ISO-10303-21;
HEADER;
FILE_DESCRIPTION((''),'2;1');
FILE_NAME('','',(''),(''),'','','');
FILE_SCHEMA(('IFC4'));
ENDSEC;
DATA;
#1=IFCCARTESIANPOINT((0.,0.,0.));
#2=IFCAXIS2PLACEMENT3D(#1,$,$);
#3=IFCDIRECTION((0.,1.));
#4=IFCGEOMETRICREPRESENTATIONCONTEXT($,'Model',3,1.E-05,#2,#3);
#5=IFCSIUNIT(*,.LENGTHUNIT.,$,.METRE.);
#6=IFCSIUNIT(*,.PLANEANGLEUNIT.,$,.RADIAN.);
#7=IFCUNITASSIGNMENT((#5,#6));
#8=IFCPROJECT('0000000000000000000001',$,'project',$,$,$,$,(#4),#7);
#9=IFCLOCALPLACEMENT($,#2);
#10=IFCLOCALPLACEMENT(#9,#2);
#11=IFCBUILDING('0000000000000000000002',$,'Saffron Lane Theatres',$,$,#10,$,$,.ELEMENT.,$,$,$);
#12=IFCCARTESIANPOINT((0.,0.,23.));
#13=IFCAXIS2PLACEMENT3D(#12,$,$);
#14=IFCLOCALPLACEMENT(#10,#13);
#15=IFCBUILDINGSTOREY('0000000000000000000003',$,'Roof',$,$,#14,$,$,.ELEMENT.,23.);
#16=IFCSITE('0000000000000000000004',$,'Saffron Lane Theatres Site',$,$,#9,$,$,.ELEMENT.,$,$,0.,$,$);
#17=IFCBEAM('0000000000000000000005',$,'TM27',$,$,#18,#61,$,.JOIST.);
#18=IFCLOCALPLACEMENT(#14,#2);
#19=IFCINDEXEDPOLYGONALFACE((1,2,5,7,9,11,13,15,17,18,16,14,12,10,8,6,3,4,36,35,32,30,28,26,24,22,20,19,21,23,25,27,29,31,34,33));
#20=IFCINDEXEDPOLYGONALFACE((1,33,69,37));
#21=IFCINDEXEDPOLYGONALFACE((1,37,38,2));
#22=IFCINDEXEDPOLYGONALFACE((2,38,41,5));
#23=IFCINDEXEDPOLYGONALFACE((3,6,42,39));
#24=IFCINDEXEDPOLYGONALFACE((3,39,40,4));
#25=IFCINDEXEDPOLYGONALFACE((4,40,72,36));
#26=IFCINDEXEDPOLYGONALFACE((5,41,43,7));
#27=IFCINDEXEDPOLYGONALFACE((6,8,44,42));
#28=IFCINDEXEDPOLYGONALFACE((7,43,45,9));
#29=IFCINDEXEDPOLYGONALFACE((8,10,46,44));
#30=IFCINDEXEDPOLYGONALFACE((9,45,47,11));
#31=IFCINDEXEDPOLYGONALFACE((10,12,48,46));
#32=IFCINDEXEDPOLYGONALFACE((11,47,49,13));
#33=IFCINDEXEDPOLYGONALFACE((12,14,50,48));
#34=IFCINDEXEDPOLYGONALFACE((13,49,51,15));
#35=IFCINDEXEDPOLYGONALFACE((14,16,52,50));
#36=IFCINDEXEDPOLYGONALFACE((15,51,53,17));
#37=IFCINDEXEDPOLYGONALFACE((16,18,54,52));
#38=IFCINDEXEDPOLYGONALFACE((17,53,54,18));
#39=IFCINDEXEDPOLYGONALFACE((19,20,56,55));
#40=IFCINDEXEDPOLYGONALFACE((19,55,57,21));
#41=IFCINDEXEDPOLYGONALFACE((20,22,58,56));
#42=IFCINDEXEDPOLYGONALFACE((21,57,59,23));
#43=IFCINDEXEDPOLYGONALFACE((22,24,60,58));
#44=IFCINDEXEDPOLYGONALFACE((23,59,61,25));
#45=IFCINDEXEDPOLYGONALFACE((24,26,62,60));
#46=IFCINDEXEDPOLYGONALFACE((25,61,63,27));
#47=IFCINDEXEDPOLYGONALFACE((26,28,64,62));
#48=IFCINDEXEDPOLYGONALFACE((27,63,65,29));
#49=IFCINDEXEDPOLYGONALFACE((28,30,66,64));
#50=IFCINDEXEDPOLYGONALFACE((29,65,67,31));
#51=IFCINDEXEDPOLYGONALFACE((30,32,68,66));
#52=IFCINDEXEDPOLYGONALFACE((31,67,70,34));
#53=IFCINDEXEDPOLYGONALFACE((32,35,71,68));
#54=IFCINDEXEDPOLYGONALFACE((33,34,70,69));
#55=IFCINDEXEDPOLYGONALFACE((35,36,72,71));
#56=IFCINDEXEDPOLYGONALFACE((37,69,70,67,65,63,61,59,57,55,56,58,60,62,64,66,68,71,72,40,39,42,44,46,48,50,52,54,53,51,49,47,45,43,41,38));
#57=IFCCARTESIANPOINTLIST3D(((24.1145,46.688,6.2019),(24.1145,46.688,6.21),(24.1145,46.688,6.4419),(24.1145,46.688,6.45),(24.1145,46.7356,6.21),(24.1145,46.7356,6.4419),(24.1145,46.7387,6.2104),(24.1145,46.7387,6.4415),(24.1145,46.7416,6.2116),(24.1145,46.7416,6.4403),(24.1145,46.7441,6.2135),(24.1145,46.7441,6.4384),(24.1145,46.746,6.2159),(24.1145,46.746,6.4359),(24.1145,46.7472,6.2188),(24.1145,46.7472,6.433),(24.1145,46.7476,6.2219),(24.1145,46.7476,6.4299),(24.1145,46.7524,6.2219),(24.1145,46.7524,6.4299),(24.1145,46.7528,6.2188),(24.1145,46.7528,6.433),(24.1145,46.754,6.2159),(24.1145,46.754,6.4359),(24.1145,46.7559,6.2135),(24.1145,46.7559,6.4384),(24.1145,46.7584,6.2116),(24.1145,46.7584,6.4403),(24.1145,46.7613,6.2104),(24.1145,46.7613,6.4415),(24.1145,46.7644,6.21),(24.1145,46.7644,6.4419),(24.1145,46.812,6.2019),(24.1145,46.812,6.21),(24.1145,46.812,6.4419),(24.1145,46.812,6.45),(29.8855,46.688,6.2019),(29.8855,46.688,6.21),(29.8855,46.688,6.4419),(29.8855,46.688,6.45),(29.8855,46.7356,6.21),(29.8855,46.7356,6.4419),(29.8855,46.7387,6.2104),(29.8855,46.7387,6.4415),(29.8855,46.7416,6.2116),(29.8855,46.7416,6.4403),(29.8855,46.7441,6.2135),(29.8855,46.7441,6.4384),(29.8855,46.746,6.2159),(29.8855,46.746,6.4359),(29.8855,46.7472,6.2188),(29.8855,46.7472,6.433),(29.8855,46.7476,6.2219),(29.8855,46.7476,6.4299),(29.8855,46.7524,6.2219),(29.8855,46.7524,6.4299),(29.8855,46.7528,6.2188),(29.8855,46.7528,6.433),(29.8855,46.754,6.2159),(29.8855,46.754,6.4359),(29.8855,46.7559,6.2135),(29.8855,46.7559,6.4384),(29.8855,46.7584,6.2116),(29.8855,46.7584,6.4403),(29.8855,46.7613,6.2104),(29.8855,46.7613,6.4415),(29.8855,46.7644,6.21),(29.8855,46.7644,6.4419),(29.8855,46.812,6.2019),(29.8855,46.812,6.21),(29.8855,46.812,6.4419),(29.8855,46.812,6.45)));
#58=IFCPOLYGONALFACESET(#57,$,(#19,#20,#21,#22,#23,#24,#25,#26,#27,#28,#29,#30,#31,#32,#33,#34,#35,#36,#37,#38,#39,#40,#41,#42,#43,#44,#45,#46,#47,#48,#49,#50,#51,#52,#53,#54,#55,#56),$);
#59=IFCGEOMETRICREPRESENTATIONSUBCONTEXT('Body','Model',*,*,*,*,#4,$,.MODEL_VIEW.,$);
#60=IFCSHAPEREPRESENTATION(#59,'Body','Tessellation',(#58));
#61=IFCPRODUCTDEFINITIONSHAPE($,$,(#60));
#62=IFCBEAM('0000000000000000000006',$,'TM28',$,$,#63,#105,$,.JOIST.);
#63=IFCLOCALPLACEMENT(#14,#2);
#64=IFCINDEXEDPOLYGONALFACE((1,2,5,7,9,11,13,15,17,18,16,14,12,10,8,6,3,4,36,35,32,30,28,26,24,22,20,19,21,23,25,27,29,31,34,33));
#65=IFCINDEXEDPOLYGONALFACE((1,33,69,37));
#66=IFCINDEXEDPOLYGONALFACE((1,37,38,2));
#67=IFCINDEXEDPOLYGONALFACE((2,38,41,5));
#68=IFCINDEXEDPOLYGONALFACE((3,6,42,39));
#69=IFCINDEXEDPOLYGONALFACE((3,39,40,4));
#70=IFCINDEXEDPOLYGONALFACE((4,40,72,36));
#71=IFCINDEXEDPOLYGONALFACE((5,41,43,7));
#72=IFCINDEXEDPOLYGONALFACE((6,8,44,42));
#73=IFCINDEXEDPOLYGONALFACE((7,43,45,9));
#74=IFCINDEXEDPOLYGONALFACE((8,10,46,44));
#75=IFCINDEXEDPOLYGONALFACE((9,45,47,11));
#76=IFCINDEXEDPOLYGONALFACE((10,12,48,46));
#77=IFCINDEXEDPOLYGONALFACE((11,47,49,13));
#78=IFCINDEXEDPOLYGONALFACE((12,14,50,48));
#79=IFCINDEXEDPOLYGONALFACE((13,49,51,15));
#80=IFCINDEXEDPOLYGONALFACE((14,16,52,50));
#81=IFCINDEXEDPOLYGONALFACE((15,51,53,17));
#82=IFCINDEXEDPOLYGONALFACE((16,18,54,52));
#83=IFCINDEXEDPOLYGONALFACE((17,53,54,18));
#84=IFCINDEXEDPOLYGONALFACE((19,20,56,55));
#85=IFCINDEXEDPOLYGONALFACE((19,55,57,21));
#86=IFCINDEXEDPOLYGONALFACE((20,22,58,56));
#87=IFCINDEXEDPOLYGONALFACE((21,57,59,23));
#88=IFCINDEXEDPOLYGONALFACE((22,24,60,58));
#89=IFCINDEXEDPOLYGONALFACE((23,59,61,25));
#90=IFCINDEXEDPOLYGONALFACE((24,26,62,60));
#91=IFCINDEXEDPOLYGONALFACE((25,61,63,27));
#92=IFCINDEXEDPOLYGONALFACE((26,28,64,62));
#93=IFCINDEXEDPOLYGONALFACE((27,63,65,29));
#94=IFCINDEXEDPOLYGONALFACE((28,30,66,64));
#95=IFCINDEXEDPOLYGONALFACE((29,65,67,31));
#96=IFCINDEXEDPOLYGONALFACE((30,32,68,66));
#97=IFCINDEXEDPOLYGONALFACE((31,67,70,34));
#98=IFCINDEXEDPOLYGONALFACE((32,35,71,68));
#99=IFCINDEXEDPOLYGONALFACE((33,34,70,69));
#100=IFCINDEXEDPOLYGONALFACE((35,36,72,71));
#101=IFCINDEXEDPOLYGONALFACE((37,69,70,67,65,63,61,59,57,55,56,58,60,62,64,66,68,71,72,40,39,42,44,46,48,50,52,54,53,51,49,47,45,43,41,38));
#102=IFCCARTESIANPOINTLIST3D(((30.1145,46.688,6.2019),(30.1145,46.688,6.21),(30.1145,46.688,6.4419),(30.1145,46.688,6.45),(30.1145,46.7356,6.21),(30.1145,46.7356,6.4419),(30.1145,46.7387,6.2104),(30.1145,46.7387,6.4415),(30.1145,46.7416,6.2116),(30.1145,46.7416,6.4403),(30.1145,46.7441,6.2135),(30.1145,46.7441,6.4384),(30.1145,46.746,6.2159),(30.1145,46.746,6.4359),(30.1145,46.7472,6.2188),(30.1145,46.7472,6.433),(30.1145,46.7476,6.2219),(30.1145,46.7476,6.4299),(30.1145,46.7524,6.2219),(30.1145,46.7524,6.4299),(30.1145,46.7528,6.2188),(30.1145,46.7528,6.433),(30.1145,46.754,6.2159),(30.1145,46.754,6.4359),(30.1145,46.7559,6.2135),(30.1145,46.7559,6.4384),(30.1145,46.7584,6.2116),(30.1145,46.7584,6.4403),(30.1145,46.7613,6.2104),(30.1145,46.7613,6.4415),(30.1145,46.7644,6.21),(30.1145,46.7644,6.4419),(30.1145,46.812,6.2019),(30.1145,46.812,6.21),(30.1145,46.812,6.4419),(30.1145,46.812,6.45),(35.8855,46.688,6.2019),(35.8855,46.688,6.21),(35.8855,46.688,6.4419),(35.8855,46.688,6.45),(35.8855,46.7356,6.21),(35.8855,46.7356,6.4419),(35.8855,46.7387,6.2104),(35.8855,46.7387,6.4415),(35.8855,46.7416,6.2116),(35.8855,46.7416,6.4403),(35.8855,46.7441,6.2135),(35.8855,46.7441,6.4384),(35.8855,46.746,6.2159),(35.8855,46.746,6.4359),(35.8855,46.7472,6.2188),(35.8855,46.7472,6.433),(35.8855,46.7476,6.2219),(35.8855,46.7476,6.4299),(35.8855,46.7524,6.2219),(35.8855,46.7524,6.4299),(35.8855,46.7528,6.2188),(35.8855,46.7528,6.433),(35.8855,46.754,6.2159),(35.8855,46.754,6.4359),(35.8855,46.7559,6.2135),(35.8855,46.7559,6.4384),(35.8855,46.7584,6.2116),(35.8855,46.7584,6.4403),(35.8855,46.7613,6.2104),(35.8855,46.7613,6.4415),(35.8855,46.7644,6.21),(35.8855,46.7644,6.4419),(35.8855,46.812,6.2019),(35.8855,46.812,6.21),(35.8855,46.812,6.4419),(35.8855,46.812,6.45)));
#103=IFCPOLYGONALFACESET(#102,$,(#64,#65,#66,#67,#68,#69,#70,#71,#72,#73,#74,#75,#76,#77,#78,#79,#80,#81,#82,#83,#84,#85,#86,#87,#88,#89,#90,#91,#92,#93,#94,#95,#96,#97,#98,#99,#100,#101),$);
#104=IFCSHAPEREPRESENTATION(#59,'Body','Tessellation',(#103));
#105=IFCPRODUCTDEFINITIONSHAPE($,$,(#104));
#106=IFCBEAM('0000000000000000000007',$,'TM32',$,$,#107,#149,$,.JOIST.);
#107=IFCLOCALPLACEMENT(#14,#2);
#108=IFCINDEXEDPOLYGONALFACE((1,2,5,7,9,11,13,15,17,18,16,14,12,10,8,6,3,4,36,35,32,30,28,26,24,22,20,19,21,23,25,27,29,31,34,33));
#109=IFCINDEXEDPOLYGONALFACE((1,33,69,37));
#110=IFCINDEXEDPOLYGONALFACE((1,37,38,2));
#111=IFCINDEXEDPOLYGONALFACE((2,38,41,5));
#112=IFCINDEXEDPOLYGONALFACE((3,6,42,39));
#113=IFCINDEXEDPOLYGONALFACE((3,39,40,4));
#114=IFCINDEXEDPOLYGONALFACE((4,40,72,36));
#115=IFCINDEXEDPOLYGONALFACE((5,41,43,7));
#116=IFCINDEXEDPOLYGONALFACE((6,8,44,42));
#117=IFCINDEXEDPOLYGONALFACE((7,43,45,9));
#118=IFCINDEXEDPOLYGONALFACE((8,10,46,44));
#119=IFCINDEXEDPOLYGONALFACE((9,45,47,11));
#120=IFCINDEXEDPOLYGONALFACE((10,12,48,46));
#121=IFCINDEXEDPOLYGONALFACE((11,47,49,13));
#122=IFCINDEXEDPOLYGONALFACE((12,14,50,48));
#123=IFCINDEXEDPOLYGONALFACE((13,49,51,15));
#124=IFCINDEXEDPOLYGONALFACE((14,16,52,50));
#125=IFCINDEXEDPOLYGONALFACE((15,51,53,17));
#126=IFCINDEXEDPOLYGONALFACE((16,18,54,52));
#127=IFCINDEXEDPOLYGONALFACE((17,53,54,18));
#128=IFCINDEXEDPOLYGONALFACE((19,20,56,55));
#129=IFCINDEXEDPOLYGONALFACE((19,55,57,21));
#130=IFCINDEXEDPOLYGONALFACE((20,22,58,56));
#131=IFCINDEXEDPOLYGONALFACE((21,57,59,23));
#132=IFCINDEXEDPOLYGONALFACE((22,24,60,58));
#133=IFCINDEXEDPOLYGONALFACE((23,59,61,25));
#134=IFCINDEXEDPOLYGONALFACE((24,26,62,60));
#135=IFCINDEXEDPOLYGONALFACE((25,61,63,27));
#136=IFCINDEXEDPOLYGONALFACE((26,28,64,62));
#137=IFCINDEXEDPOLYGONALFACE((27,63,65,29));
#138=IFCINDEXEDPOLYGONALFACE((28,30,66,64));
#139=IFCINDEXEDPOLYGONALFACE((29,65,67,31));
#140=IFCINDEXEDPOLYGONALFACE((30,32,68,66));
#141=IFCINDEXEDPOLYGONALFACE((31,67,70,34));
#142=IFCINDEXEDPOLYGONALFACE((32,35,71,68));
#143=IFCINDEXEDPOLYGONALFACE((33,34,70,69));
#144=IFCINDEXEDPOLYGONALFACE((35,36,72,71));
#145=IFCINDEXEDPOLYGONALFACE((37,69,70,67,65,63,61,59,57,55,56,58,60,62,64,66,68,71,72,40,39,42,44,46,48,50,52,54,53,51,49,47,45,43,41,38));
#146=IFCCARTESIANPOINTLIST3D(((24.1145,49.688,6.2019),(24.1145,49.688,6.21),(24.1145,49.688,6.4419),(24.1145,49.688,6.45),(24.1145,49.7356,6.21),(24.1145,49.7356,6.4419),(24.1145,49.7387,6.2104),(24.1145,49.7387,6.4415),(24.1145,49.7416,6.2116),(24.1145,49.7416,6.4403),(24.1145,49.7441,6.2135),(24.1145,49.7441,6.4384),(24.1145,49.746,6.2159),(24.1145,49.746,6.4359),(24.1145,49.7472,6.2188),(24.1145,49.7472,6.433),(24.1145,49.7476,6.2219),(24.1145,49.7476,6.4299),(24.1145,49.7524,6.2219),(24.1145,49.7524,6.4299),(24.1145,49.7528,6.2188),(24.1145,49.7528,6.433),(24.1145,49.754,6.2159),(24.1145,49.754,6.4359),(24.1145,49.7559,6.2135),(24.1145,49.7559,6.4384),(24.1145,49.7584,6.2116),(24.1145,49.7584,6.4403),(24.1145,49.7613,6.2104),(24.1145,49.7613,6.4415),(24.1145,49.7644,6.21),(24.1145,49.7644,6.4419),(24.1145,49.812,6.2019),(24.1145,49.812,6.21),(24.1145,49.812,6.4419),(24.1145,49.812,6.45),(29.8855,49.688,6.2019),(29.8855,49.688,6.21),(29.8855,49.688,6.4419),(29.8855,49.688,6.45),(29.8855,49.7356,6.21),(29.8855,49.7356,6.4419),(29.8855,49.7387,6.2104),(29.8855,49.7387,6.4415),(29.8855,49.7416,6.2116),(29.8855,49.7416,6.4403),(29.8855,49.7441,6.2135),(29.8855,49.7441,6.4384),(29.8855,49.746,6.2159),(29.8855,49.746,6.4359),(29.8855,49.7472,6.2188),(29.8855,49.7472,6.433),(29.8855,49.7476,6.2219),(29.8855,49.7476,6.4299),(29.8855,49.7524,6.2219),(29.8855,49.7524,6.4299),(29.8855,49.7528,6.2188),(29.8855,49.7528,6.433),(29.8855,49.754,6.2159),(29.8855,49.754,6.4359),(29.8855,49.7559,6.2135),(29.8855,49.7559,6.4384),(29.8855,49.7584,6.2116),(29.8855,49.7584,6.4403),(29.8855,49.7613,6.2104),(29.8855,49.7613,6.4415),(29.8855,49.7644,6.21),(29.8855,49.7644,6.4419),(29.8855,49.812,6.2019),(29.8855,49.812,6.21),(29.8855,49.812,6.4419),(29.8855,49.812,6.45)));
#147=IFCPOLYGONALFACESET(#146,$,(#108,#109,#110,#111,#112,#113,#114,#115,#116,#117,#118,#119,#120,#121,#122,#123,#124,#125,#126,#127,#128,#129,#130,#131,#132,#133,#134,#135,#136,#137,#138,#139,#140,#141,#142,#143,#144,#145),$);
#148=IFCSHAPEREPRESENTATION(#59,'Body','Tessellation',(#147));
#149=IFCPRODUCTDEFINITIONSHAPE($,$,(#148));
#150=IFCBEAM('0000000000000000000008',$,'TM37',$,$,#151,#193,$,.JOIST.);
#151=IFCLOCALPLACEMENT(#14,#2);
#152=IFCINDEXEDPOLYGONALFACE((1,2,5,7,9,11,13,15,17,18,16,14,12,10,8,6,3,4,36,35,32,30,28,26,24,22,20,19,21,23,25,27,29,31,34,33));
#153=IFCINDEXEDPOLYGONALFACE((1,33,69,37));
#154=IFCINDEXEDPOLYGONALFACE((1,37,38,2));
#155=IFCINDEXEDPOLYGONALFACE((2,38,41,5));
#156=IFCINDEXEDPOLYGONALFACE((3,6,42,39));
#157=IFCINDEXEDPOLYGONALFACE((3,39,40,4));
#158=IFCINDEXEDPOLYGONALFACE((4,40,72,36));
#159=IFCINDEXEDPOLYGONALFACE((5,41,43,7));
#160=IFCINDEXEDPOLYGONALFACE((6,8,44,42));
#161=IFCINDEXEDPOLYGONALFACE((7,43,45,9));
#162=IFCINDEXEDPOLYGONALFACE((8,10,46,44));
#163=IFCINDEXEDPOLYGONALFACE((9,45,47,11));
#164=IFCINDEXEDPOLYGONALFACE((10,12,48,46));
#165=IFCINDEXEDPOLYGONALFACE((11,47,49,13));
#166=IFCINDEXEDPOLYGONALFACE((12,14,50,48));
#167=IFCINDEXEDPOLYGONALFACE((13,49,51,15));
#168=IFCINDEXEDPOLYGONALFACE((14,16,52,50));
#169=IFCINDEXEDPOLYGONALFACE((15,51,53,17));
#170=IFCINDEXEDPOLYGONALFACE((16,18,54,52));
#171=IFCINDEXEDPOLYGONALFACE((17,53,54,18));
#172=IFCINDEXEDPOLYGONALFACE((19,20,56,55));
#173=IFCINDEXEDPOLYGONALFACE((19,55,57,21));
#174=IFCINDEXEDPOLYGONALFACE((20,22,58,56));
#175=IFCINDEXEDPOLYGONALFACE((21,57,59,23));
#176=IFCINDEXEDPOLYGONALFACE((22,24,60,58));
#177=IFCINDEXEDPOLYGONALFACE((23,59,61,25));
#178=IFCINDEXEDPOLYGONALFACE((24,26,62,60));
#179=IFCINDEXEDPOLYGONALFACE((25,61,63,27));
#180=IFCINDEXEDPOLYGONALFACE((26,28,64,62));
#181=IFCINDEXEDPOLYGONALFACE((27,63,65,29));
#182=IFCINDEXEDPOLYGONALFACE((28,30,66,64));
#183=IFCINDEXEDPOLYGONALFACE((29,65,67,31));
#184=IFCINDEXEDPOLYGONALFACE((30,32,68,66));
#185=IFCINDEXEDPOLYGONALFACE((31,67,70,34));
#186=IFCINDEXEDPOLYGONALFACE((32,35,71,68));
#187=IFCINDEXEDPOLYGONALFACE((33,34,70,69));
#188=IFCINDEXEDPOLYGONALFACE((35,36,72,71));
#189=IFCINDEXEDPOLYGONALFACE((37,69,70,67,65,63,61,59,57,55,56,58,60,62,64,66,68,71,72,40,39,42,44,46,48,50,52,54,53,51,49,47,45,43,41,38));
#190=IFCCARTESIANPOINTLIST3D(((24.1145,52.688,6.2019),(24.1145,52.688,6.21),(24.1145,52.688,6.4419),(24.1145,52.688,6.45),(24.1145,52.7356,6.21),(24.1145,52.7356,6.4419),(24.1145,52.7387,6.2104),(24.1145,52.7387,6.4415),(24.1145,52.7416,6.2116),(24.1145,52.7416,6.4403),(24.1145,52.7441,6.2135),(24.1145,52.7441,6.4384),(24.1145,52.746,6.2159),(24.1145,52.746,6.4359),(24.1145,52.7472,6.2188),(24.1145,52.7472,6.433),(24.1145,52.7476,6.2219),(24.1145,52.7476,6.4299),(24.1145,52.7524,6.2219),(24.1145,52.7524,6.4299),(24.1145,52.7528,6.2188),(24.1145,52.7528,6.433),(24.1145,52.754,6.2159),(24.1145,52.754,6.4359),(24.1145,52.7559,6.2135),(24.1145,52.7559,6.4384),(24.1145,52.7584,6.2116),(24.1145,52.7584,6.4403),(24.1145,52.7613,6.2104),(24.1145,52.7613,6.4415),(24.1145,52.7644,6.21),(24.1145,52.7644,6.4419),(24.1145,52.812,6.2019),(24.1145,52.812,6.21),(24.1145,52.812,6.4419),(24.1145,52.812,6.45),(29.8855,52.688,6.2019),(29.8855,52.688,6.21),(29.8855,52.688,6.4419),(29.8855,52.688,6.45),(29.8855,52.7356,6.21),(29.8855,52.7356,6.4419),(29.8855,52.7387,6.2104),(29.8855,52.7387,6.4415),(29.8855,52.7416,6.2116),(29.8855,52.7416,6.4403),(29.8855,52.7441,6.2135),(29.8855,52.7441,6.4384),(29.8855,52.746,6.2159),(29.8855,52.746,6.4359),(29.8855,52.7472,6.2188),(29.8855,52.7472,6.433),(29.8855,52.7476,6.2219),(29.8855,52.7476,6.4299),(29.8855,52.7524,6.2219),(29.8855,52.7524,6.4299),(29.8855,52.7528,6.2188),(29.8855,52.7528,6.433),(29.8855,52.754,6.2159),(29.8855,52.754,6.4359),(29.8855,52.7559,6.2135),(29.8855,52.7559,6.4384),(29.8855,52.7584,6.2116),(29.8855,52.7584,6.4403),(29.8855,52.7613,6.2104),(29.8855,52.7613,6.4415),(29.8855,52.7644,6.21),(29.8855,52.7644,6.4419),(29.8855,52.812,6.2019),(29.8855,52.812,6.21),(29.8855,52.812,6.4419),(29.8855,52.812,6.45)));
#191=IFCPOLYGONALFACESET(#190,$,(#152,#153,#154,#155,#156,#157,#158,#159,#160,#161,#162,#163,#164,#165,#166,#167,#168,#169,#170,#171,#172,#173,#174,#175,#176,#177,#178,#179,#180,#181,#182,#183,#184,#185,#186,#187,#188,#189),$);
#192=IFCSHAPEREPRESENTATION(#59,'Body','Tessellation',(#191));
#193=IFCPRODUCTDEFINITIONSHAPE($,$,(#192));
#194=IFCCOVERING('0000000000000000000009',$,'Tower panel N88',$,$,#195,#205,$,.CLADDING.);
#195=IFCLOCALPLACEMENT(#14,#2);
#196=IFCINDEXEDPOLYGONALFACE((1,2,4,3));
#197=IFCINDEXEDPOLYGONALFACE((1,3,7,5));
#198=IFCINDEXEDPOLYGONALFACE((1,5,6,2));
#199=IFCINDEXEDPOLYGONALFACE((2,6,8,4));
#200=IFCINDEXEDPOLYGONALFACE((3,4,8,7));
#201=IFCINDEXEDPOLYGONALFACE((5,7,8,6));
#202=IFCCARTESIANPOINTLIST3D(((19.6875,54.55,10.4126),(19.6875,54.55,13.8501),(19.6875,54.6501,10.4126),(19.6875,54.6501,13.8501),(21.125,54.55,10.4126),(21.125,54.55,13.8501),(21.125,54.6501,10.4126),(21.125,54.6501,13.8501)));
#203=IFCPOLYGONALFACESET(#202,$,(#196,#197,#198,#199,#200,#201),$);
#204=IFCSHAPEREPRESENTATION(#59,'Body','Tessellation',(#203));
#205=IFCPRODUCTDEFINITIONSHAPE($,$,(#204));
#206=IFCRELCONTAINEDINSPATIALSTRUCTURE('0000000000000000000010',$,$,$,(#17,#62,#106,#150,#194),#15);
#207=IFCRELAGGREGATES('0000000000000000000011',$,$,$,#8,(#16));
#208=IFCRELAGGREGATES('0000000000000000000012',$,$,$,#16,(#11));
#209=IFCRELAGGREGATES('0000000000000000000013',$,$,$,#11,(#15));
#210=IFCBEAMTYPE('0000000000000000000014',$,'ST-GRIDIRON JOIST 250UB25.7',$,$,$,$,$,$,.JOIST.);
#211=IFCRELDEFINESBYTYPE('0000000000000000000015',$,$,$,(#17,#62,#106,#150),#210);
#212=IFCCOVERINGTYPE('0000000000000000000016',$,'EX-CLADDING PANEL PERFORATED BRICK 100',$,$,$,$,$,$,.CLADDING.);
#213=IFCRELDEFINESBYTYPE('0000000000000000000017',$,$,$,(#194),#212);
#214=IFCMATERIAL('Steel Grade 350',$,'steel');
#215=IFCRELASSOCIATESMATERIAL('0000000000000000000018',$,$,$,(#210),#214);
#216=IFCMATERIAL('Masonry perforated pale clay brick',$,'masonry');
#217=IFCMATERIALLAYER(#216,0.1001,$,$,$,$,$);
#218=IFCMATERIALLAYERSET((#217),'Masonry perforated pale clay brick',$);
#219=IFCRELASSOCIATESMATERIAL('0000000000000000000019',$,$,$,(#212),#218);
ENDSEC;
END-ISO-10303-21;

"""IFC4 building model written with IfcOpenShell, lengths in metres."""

from ifc_helpers import new_model, si_unit, direction, frame, origin, origin_2d, place, context, subcontext, project, spatial, rectangle, i_section, extrude, material, layer, layer_set, material_profile, profile_set, type_object, element, save


model = new_model("IFC4")

# Units and contexts
model_context = context("Model", 3, precision=1e-05, world=origin(), true_north=direction((0.0, 1.0)))
body_context = subcontext(model_context, "Body", "Model", "MODEL_VIEW")
ifc_project = project(units=[si_unit("LENGTHUNIT", "METRE"), si_unit("PLANEANGLEUNIT", "RADIAN")], contexts=[model_context])

# Site, building, storey
site_placement = place(None, origin())
site = spatial("IfcSite", under=ifc_project, at=site_placement, Name="Saffron Lane Theatres Site", CompositionType="ELEMENT", RefElevation=0.0)
building_placement = place(site_placement, origin())
building = spatial("IfcBuilding", under=site, at=building_placement, Name="Saffron Lane Theatres", CompositionType="ELEMENT")
storey_placement = place(building_placement, frame((0.0, 0.0, 23.0)))
storey = spatial("IfcBuildingStorey", under=building, at=storey_placement, Name="Roof", CompositionType="ELEMENT", Elevation=23.0)

# Beams
ifc_material_1 = material(Name="Steel Grade 350", Category="steel")
ifc_material_profile_1 = material_profile(ifc_material_1, i_section(OverallWidth=0.124, OverallDepth=0.248, WebThickness=0.0049, FlangeThickness=0.0081, FilletRadius=0.012, at=origin_2d()))
ifc_profile_set_1 = profile_set([ifc_material_profile_1], Name="Steel Grade 350")
beam_type_1 = type_object("IfcBeamType", Name="ST-GRIDIRON JOIST 250UB25.7", PredefinedType="JOIST", material=ifc_profile_set_1)
for number, where, z_axis, x_axis, name in (
    (1, (24.1145, 46.75, 6.3259), (1.0, 0.0, 0.0), (0.0, 1.0, 0.0), "TM27"),
    (2, (30.1145, 46.75, 6.3259), (1.0, 0.0, 0.0), (0.0, 1.0, 0.0), "TM28"),
    (3, (24.1145, 49.75, 6.3259), (1.0, 0.0, 0.0), (0.0, 1.0, 0.0), "TM32"),
    (4, (24.1145, 52.75, 6.3259), (1.0, 0.0, 0.0), (0.0, 1.0, 0.0), "TM37"),
):
    element("IfcBeam", number, at=place(storey_placement, frame(where, z_axis=z_axis, x_axis=x_axis)), inside=storey, type_object=beam_type_1, Name=name, PredefinedType="JOIST", context=body_context, shape_type="SweptSolid", body=[
        extrude(i_section(OverallWidth=0.124, OverallDepth=0.248, WebThickness=0.0049, FlangeThickness=0.0081, FilletRadius=0.012, at=origin_2d()), origin(), (0.0, 0.0, 1.0), 5.771),
    ])

# Covering
ifc_material_2 = material(Name="Masonry perforated pale clay brick", Category="masonry")
ifc_layer_1 = layer(ifc_material_2, 0.1001)
ifc_layer_set_1 = layer_set([ifc_layer_1], Name="Masonry perforated pale clay brick")
covering_type_1 = type_object("IfcCoveringType", Name="EX-CLADDING PANEL PERFORATED BRICK 100", PredefinedType="CLADDING", material=ifc_layer_set_1)
for number, where, z_axis, x_axis, name in (
    (5, (20.4062, 54.6001, 10.4126), (0.0, 0.0, 1.0), (1.0, 0.0, 0.0), "Tower panel N88"),
):
    element("IfcCovering", number, at=place(storey_placement, frame(where, z_axis=z_axis, x_axis=x_axis)), inside=storey, type_object=covering_type_1, Name=name, PredefinedType="CLADDING", context=body_context, shape_type="SweptSolid", body=[
        extrude(rectangle(XDim=1.4375, YDim=0.1001, at=origin_2d()), origin(), (0.0, 0.0, 1.0), 3.4375),
    ])

save(model, "model.ifc")
